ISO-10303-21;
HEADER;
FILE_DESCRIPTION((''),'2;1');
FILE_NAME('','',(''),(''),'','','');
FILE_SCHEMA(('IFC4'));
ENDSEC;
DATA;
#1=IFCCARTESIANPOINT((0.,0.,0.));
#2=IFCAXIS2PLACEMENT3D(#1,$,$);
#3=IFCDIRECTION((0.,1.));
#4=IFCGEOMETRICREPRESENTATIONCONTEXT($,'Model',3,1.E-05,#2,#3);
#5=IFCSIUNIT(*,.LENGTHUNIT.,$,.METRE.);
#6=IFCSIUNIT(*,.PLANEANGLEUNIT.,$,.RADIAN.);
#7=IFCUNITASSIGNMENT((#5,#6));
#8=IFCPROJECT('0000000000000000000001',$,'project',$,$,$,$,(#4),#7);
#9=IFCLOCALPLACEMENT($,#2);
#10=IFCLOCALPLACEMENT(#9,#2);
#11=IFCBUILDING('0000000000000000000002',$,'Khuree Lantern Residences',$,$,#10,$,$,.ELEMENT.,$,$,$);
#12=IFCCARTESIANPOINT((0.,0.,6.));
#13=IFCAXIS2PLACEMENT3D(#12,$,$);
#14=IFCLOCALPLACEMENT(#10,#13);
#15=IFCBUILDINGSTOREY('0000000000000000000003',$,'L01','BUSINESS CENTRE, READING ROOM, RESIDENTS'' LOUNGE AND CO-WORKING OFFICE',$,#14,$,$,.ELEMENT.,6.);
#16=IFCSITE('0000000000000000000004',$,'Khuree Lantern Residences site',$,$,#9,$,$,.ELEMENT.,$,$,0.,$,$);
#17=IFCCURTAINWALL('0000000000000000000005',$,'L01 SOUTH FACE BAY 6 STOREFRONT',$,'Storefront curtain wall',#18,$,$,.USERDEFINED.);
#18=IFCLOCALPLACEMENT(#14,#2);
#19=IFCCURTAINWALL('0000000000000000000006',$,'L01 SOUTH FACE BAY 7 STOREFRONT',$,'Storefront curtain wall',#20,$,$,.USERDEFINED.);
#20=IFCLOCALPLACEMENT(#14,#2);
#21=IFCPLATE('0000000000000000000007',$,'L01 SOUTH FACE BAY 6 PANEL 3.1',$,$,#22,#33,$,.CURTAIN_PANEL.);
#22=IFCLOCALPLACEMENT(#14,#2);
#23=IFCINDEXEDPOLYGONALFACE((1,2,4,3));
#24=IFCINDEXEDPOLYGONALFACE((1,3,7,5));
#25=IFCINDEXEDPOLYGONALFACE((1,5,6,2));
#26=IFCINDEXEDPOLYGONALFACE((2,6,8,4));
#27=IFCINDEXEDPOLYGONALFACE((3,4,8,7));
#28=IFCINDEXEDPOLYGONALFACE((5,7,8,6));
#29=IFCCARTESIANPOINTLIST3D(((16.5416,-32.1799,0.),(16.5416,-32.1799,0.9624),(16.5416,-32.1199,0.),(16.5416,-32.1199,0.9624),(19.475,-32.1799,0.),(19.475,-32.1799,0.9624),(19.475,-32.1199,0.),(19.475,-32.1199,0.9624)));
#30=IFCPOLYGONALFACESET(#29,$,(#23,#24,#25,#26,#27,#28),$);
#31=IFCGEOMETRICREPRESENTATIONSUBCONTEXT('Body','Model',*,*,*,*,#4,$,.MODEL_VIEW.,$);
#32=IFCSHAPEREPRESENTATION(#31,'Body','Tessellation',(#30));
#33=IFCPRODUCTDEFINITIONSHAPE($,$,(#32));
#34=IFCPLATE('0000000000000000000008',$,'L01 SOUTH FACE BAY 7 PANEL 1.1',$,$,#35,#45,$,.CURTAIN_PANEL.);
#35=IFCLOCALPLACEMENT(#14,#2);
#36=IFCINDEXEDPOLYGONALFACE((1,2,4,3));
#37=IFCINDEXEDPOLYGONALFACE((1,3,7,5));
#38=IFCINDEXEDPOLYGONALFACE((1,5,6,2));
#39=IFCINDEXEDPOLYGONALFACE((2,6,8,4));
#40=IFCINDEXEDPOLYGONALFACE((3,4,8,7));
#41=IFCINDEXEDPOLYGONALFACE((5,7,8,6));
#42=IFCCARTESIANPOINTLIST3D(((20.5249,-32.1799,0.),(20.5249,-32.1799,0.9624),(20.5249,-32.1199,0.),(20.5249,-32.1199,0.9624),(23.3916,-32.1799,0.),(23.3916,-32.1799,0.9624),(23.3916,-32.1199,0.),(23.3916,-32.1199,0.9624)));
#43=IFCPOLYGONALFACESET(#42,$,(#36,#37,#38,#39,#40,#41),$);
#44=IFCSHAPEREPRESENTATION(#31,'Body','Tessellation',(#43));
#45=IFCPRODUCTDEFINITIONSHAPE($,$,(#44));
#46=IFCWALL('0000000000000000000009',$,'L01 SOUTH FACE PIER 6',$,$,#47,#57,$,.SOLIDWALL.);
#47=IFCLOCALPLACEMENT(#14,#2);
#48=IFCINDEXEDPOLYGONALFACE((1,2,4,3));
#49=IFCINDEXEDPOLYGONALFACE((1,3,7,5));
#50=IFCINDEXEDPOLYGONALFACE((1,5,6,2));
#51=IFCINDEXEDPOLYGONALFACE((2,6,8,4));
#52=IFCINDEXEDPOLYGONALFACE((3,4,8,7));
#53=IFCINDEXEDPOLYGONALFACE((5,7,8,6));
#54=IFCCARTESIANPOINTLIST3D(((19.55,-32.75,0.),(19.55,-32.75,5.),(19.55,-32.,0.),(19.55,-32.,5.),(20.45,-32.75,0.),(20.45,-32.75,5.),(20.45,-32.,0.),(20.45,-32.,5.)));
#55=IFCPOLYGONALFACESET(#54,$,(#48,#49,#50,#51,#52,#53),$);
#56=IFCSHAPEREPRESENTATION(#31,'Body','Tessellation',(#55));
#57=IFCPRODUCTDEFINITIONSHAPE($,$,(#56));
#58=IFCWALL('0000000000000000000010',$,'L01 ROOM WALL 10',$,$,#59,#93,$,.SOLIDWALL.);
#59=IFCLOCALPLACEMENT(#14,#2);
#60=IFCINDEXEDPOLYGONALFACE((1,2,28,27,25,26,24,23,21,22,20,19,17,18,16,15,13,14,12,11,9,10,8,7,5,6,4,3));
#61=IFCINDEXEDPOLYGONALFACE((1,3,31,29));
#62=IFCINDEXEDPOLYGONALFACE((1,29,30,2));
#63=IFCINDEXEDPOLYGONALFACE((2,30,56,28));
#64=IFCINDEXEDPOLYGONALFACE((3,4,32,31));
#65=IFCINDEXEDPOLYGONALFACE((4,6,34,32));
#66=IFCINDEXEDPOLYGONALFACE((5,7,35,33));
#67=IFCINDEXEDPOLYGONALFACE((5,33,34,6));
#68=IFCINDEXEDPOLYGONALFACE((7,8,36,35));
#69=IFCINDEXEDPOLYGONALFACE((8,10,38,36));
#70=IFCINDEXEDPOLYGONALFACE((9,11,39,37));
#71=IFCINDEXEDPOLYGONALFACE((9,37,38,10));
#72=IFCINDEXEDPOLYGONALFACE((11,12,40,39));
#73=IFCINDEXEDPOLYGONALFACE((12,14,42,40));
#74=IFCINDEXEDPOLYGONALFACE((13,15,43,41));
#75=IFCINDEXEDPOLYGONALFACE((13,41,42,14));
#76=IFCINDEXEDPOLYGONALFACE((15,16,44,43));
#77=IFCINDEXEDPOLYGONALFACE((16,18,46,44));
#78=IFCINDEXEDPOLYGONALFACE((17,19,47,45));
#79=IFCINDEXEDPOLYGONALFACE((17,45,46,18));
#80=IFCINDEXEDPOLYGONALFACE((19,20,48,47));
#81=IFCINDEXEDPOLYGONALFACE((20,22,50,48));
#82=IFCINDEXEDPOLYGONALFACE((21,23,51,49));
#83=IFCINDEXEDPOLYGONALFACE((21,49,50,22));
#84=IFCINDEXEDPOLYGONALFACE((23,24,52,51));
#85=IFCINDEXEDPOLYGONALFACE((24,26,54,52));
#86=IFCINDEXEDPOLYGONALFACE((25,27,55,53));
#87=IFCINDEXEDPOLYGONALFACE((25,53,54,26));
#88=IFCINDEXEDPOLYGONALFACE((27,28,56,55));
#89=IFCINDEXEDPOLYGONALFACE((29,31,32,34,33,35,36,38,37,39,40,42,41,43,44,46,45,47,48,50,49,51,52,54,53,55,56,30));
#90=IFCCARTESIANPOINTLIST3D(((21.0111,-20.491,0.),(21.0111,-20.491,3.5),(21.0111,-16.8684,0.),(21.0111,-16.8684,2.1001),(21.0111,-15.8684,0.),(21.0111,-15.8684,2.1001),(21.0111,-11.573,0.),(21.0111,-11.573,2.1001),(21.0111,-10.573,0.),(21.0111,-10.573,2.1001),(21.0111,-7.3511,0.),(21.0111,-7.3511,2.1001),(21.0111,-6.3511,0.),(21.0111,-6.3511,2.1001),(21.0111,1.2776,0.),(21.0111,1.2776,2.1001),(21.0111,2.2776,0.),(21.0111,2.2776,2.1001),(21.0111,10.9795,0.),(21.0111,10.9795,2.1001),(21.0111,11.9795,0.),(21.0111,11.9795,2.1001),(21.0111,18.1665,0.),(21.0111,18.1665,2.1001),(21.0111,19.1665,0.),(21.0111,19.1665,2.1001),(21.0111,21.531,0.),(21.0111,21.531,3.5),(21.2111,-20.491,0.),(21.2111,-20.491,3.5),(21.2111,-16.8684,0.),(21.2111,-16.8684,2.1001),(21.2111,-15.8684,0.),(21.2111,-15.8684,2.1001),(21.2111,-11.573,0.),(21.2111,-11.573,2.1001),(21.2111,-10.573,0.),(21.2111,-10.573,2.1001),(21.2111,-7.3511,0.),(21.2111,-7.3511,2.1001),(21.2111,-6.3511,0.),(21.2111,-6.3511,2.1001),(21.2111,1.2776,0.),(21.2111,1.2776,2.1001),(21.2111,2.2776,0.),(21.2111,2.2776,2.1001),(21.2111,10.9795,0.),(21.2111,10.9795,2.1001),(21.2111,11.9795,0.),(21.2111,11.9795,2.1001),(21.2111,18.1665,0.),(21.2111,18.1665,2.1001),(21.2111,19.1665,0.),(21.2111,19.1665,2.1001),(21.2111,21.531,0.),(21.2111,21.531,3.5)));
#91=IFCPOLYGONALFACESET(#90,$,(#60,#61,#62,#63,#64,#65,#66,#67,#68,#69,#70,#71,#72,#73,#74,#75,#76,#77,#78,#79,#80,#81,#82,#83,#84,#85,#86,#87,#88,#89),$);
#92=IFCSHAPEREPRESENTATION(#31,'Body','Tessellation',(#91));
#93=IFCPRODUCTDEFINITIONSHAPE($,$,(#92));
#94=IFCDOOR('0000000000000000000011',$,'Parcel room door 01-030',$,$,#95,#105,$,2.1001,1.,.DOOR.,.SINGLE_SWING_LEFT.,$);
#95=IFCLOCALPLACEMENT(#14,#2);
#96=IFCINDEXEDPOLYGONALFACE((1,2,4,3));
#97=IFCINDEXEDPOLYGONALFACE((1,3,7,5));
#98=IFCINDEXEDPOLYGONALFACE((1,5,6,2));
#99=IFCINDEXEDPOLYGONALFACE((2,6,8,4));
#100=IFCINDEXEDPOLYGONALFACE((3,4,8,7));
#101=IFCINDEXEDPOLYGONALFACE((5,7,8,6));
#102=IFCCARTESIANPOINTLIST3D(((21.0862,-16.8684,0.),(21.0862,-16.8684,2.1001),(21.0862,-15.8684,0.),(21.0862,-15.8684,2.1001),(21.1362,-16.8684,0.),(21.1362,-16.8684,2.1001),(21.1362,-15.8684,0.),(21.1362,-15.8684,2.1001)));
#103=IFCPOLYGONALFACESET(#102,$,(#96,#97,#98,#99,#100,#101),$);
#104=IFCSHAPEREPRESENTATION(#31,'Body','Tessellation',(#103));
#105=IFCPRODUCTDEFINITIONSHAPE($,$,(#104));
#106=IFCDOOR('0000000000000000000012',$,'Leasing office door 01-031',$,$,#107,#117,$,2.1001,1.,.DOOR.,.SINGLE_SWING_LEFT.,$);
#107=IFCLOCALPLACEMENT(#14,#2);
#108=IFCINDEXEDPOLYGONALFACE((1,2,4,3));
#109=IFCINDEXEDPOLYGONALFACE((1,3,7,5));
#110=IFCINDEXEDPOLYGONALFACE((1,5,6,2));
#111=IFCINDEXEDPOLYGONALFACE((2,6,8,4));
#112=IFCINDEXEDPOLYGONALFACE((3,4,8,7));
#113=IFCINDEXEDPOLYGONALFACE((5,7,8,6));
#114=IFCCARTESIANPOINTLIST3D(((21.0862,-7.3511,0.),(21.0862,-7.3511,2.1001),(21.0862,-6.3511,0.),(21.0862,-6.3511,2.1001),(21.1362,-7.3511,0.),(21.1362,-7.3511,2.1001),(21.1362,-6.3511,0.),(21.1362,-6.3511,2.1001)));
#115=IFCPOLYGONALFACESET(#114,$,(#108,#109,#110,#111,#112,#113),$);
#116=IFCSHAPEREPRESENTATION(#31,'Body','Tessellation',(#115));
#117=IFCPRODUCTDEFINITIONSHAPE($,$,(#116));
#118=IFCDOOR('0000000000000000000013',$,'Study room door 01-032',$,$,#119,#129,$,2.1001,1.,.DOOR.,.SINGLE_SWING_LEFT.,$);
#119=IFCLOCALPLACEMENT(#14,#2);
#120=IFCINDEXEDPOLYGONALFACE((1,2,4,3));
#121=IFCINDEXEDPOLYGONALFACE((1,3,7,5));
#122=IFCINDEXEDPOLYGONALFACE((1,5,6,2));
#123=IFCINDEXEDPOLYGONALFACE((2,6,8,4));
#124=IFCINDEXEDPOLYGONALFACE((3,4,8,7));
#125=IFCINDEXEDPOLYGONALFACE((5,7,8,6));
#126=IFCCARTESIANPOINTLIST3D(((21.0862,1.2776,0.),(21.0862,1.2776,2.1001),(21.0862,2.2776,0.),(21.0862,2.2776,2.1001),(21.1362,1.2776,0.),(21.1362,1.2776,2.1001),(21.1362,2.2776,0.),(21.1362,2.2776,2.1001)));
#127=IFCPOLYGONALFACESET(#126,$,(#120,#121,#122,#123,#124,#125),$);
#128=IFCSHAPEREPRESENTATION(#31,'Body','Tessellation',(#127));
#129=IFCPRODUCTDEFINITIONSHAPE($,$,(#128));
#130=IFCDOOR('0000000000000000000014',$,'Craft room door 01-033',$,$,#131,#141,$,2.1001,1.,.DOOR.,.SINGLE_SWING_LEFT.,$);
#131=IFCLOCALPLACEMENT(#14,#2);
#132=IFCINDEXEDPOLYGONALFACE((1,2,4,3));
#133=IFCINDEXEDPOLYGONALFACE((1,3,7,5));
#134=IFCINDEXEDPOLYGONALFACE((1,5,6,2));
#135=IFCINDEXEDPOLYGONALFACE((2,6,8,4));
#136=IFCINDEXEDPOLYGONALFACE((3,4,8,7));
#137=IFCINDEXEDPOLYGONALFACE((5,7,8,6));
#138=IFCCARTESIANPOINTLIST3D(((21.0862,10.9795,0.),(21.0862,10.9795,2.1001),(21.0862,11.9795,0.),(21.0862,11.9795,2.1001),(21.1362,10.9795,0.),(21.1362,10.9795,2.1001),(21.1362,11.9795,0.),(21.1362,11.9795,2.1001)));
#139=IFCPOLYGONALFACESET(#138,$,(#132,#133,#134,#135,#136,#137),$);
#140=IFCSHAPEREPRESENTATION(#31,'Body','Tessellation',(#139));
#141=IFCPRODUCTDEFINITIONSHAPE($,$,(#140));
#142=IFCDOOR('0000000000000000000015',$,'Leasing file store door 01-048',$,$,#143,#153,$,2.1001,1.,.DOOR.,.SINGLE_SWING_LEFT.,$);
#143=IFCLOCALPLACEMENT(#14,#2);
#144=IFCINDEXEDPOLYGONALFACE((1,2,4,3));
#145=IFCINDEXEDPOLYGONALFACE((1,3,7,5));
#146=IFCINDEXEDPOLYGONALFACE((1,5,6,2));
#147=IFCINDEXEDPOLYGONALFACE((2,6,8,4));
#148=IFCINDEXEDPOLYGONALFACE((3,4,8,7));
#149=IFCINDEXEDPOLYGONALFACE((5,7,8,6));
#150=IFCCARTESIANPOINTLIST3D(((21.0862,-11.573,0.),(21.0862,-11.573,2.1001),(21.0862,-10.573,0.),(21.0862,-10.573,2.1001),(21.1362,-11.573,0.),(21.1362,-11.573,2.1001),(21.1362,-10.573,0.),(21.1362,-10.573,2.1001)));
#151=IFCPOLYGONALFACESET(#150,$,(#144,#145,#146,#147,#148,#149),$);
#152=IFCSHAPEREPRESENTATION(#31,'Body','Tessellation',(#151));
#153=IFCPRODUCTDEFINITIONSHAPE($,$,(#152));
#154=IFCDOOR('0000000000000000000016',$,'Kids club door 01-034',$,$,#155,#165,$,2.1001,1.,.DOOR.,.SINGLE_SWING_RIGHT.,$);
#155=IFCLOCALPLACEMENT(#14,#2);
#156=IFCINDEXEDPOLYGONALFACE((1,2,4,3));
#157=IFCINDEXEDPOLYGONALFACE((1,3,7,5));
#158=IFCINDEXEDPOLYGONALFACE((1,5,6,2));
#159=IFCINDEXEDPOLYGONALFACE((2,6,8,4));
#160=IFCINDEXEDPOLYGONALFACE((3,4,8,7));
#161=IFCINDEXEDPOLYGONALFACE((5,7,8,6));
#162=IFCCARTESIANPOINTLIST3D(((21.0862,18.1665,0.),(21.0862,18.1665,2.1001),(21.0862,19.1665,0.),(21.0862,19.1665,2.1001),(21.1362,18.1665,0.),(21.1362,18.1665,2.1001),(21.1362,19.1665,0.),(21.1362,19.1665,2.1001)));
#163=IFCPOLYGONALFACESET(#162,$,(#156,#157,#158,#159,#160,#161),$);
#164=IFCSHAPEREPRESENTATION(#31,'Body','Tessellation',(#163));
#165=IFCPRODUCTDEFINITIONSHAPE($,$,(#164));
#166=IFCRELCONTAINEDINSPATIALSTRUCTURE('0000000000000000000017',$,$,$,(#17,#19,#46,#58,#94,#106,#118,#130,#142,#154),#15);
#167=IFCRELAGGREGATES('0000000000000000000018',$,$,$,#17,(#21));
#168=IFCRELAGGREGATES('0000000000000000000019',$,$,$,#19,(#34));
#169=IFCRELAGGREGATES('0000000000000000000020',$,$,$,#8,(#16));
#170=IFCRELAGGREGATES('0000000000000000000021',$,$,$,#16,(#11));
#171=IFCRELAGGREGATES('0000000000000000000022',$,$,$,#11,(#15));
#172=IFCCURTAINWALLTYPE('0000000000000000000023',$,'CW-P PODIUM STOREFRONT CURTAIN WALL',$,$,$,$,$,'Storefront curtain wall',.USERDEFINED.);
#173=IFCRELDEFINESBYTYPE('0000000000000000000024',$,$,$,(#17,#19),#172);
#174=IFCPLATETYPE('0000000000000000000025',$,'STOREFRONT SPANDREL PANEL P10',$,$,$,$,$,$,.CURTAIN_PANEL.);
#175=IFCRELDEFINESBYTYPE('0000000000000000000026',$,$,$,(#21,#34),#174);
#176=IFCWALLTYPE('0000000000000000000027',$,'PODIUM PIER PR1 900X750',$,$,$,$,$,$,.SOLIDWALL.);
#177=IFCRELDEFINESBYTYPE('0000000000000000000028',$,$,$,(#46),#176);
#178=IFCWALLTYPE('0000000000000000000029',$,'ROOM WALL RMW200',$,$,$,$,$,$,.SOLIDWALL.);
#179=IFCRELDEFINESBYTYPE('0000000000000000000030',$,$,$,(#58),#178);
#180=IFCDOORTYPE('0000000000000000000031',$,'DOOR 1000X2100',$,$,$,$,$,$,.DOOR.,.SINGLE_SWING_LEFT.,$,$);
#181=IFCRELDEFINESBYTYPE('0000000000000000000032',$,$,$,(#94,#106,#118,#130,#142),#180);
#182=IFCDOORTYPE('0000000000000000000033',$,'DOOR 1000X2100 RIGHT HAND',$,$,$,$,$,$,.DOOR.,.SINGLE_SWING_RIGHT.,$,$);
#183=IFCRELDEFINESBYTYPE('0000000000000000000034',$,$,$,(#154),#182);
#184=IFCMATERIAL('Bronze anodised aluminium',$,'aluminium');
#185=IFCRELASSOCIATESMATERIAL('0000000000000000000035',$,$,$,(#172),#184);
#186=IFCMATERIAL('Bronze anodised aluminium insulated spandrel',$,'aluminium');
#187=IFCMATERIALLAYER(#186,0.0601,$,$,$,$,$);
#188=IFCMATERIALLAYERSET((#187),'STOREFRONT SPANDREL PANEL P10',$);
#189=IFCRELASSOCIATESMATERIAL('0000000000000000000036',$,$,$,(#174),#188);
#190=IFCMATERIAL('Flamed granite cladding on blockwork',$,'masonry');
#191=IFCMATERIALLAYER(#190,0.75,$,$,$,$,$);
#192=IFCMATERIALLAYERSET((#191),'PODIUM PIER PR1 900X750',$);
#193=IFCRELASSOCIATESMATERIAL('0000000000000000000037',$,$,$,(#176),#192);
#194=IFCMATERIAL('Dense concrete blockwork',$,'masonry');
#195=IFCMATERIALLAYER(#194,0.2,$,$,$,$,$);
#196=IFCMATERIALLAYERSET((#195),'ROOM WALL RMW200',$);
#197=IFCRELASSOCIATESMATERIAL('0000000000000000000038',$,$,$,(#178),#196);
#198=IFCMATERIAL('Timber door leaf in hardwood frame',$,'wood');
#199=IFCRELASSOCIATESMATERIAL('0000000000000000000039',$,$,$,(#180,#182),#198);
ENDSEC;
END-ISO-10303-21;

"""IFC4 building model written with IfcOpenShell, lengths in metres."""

from ifc_helpers import new_model, si_unit, direction, frame, frame_2d, origin, origin_2d, place, context, subcontext, project, spatial, rectangle, extrude, material, layer, layer_set, type_object, element, fill, aggregate, save


model = new_model("IFC4")

# Units and contexts
model_context = context("Model", 3, precision=1e-05, world=origin(), true_north=direction((0.0, 1.0)))
body_context = subcontext(model_context, "Body", "Model", "MODEL_VIEW")
ifc_project = project(units=[si_unit("LENGTHUNIT", "METRE"), si_unit("PLANEANGLEUNIT", "RADIAN")], contexts=[model_context])

# Site, building, storey
site_placement = place(None, origin())
site = spatial("IfcSite", under=ifc_project, at=site_placement, Name="Khuree Lantern Residences site", CompositionType="ELEMENT", RefElevation=0.0)
building_placement = place(site_placement, origin())
building = spatial("IfcBuilding", under=site, at=building_placement, Name="Khuree Lantern Residences", CompositionType="ELEMENT")
storey_placement = place(building_placement, frame((0.0, 0.0, 6.0)))
storey = spatial("IfcBuildingStorey", under=building, at=storey_placement, Name="L01", Description="BUSINESS CENTRE, READING ROOM, RESIDENTS' LOUNGE AND CO-WORKING OFFICE", CompositionType="ELEMENT", Elevation=6.0)

# Curtain walls
ifc_material_1 = material(Name="Bronze anodised aluminium", Category="aluminium")
curtain_wall_type = type_object("IfcCurtainWallType", Name="CW-P PODIUM STOREFRONT CURTAIN WALL", ElementType="Storefront curtain wall", PredefinedType="USERDEFINED", material=ifc_material_1)
curtain_wall_1_placement = place(storey_placement, origin())
curtain_wall_1 = element("IfcCurtainWall", 1, at=curtain_wall_1_placement, inside=storey, type_object=curtain_wall_type, Name="L01 SOUTH FACE BAY 6 STOREFRONT", ObjectType="Storefront curtain wall", PredefinedType="USERDEFINED")
curtain_wall_2_placement = place(storey_placement, origin())
curtain_wall_2 = element("IfcCurtainWall", 2, at=curtain_wall_2_placement, inside=storey, type_object=curtain_wall_type, Name="L01 SOUTH FACE BAY 7 STOREFRONT", ObjectType="Storefront curtain wall", PredefinedType="USERDEFINED")

# Plates
ifc_material_2 = material(Name="Bronze anodised aluminium insulated spandrel", Category="aluminium")
ifc_layer_1 = layer(ifc_material_2, 0.0601)
ifc_layer_set_1 = layer_set([ifc_layer_1], Name="STOREFRONT SPANDREL PANEL P10")
plate_type_1 = type_object("IfcPlateType", Name="STOREFRONT SPANDREL PANEL P10", PredefinedType="CURTAIN_PANEL", material=ifc_layer_set_1)
plate_1_placement = place(storey_placement, frame((18.0083, -32.1499, 0.0), z_axis=(0.0, 0.0, 1.0), x_axis=(1.0, 0.0, 0.0)))
plate_1 = element("IfcPlate", 3, at=plate_1_placement, type_object=plate_type_1, Name="L01 SOUTH FACE BAY 6 PANEL 3.1", PredefinedType="CURTAIN_PANEL", context=body_context, shape_type="SweptSolid", body=[
    extrude(rectangle(XDim=2.9333, YDim=0.0601, at=origin_2d()), origin(), (0.0, 0.0, 1.0), 0.9624),
])
aggregate(curtain_wall_1, [plate_1])
plate_2_placement = place(storey_placement, frame((21.9583, -32.1499, 0.0), z_axis=(0.0, 0.0, 1.0), x_axis=(1.0, 0.0, 0.0)))
plate_2 = element("IfcPlate", 4, at=plate_2_placement, type_object=plate_type_1, Name="L01 SOUTH FACE BAY 7 PANEL 1.1", PredefinedType="CURTAIN_PANEL", context=body_context, shape_type="SweptSolid", body=[
    extrude(rectangle(XDim=2.8667, YDim=0.0601, at=origin_2d()), origin(), (0.0, 0.0, 1.0), 0.9624),
])
aggregate(curtain_wall_2, [plate_2])

# Wall
ifc_material_3 = material(Name="Flamed granite cladding on blockwork", Category="masonry")
ifc_layer_2 = layer(ifc_material_3, 0.75)
ifc_layer_set_2 = layer_set([ifc_layer_2], Name="PODIUM PIER PR1 900X750")
wall_type_1 = type_object("IfcWallType", Name="PODIUM PIER PR1 900X750", PredefinedType="SOLIDWALL", material=ifc_layer_set_2)
wall_1_placement = place(storey_placement, frame((19.55, -32.375, 0.0), z_axis=(0.0, 0.0, 1.0), x_axis=(1.0, 0.0, 0.0)))
element("IfcWall", 5, at=wall_1_placement, inside=storey, type_object=wall_type_1, Name="L01 SOUTH FACE PIER 6", PredefinedType="SOLIDWALL", context=body_context, shape_type="SweptSolid", body=[
    extrude(rectangle(XDim=0.8999, YDim=0.75, at=frame_2d((0.45, 0.0))), origin(), (0.0, 0.0, 1.0), 5.0),
])

# Wall, openings, doors
ifc_material_4 = material(Name="Dense concrete blockwork", Category="masonry")
ifc_layer_3 = layer(ifc_material_4, 0.2)
ifc_layer_set_3 = layer_set([ifc_layer_3], Name="ROOM WALL RMW200")
wall_type_2 = type_object("IfcWallType", Name="ROOM WALL RMW200", PredefinedType="SOLIDWALL", material=ifc_layer_set_3)
wall_2_placement = place(storey_placement, frame((21.1111, -20.491, 0.0), z_axis=(0.0, 0.0, 1.0), x_axis=(0.0, 1.0, 0.0)))
wall_2 = element("IfcWall", 6, at=wall_2_placement, inside=storey, type_object=wall_type_2, Name="L01 ROOM WALL 10", PredefinedType="SOLIDWALL", context=body_context, shape_type="SweptSolid", body=[
    extrude(rectangle(XDim=42.022, YDim=0.2, at=frame_2d((21.011, 0.0))), origin(), (0.0, 0.0, 1.0), 3.5),
])
opening_1_placement = place(wall_2_placement, frame((3.6226, 0.0, 0.0)))
opening_1 = element("IfcOpeningElement", 7, at=opening_1_placement, cuts=wall_2, PredefinedType="OPENING", context=body_context, shape_type="SweptSolid", body=[
    extrude(rectangle(XDim=1.0, YDim=2.1001, at=frame_2d((0.5, 1.05))), frame((0.0, 0.1099, 0.0), z_axis=(0.0, -1.0, 0.0), x_axis=(1.0, 0.0, 0.0)), (0.0, 0.0, 1.0), 0.22),
])
opening_2_placement = place(wall_2_placement, frame((13.1399, 0.0, 0.0)))
opening_2 = element("IfcOpeningElement", 8, at=opening_2_placement, cuts=wall_2, PredefinedType="OPENING", context=body_context, shape_type="SweptSolid", body=[
    extrude(rectangle(XDim=1.0, YDim=2.1001, at=frame_2d((0.5, 1.05))), frame((0.0, 0.1099, 0.0), z_axis=(0.0, -1.0, 0.0), x_axis=(1.0, 0.0, 0.0)), (0.0, 0.0, 1.0), 0.22),
])
opening_3_placement = place(wall_2_placement, frame((21.7686, 0.0, 0.0)))
opening_3 = element("IfcOpeningElement", 9, at=opening_3_placement, cuts=wall_2, PredefinedType="OPENING", context=body_context, shape_type="SweptSolid", body=[
    extrude(rectangle(XDim=1.0, YDim=2.1001, at=frame_2d((0.5, 1.05))), frame((0.0, 0.1099, 0.0), z_axis=(0.0, -1.0, 0.0), x_axis=(1.0, 0.0, 0.0)), (0.0, 0.0, 1.0), 0.22),
])
opening_4_placement = place(wall_2_placement, frame((31.4705, 0.0, 0.0)))
opening_4 = element("IfcOpeningElement", 10, at=opening_4_placement, cuts=wall_2, PredefinedType="OPENING", context=body_context, shape_type="SweptSolid", body=[
    extrude(rectangle(XDim=1.0, YDim=2.1001, at=frame_2d((0.5, 1.05))), frame((0.0, 0.1099, 0.0), z_axis=(0.0, -1.0, 0.0), x_axis=(1.0, 0.0, 0.0)), (0.0, 0.0, 1.0), 0.22),
])
opening_5_placement = place(wall_2_placement, frame((38.6575, 0.0, 0.0)))
opening_5 = element("IfcOpeningElement", 11, at=opening_5_placement, cuts=wall_2, PredefinedType="OPENING", context=body_context, shape_type="SweptSolid", body=[
    extrude(rectangle(XDim=1.0, YDim=2.1001, at=frame_2d((0.5, 1.05))), frame((0.0, 0.1099, 0.0), z_axis=(0.0, -1.0, 0.0), x_axis=(1.0, 0.0, 0.0)), (0.0, 0.0, 1.0), 0.22),
])
opening_6_placement = place(wall_2_placement, frame((8.918, 0.0, 0.0)))
opening_6 = element("IfcOpeningElement", 12, at=opening_6_placement, cuts=wall_2, PredefinedType="OPENING", context=body_context, shape_type="SweptSolid", body=[
    extrude(rectangle(XDim=1.0, YDim=2.1001, at=frame_2d((0.5, 1.05))), frame((0.0, 0.1099, 0.0), z_axis=(0.0, -1.0, 0.0), x_axis=(1.0, 0.0, 0.0)), (0.0, 0.0, 1.0), 0.22),
])
ifc_material_5 = material(Name="Timber door leaf in hardwood frame", Category="wood")
door_type_1 = type_object("IfcDoorType", Name="DOOR 1000X2100", OperationType="SINGLE_SWING_LEFT", PredefinedType="DOOR", material=ifc_material_5)
door_1_placement = place(opening_1_placement, origin())
door_1 = element("IfcDoor", 13, at=door_1_placement, inside=storey, type_object=door_type_1, Name="Parcel room door 01-030", OperationType="SINGLE_SWING_LEFT", OverallHeight=2.1001, OverallWidth=1.0, PredefinedType="DOOR", context=body_context, shape_type="SweptSolid", body=[
    extrude(rectangle(XDim=1.0, YDim=2.1001, at=frame_2d((0.5, 1.05))), frame((0.0, 0.0249, 0.0), z_axis=(0.0, -1.0, 0.0), x_axis=(1.0, 0.0, 0.0)), (0.0, 0.0, 1.0), 0.05),
])
fill(opening_1, door_1)
door_2_placement = place(opening_2_placement, origin())
door_2 = element("IfcDoor", 14, at=door_2_placement, inside=storey, type_object=door_type_1, Name="Leasing office door 01-031", OperationType="SINGLE_SWING_LEFT", OverallHeight=2.1001, OverallWidth=1.0, PredefinedType="DOOR", context=body_context, shape_type="SweptSolid", body=[
    extrude(rectangle(XDim=1.0, YDim=2.1001, at=frame_2d((0.5, 1.05))), frame((0.0, 0.0249, 0.0), z_axis=(0.0, -1.0, 0.0), x_axis=(1.0, 0.0, 0.0)), (0.0, 0.0, 1.0), 0.05),
])
fill(opening_2, door_2)
door_3_placement = place(opening_3_placement, origin())
door_3 = element("IfcDoor", 15, at=door_3_placement, inside=storey, type_object=door_type_1, Name="Study room door 01-032", OperationType="SINGLE_SWING_LEFT", OverallHeight=2.1001, OverallWidth=1.0, PredefinedType="DOOR", context=body_context, shape_type="SweptSolid", body=[
    extrude(rectangle(XDim=1.0, YDim=2.1001, at=frame_2d((0.5, 1.05))), frame((0.0, 0.0249, 0.0), z_axis=(0.0, -1.0, 0.0), x_axis=(1.0, 0.0, 0.0)), (0.0, 0.0, 1.0), 0.05),
])
fill(opening_3, door_3)
door_4_placement = place(opening_4_placement, origin())
door_4 = element("IfcDoor", 16, at=door_4_placement, inside=storey, type_object=door_type_1, Name="Craft room door 01-033", OperationType="SINGLE_SWING_LEFT", OverallHeight=2.1001, OverallWidth=1.0, PredefinedType="DOOR", context=body_context, shape_type="SweptSolid", body=[
    extrude(rectangle(XDim=1.0, YDim=2.1001, at=frame_2d((0.5, 1.05))), frame((0.0, 0.0249, 0.0), z_axis=(0.0, -1.0, 0.0), x_axis=(1.0, 0.0, 0.0)), (0.0, 0.0, 1.0), 0.05),
])
fill(opening_4, door_4)
door_5_placement = place(opening_6_placement, origin())
door_5 = element("IfcDoor", 17, at=door_5_placement, inside=storey, type_object=door_type_1, Name="Leasing file store door 01-048", OperationType="SINGLE_SWING_LEFT", OverallHeight=2.1001, OverallWidth=1.0, PredefinedType="DOOR", context=body_context, shape_type="SweptSolid", body=[
    extrude(rectangle(XDim=1.0, YDim=2.1001, at=frame_2d((0.5, 1.05))), frame((0.0, 0.0249, 0.0), z_axis=(0.0, -1.0, 0.0), x_axis=(1.0, 0.0, 0.0)), (0.0, 0.0, 1.0), 0.05),
])
fill(opening_6, door_5)
door_type_2 = type_object("IfcDoorType", Name="DOOR 1000X2100 RIGHT HAND", OperationType="SINGLE_SWING_RIGHT", PredefinedType="DOOR", material=ifc_material_5)
door_6_placement = place(opening_5_placement, origin())
door_6 = element("IfcDoor", 18, at=door_6_placement, inside=storey, type_object=door_type_2, Name="Kids club door 01-034", OperationType="SINGLE_SWING_RIGHT", OverallHeight=2.1001, OverallWidth=1.0, PredefinedType="DOOR", context=body_context, shape_type="SweptSolid", body=[
    extrude(rectangle(XDim=1.0, YDim=2.1001, at=frame_2d((0.5, 1.05))), frame((0.0, 0.0249, 0.0), z_axis=(0.0, -1.0, 0.0), x_axis=(1.0, 0.0, 0.0)), (0.0, 0.0, 1.0), 0.05),
])
fill(opening_5, door_6)

save(model, "model.ifc")
